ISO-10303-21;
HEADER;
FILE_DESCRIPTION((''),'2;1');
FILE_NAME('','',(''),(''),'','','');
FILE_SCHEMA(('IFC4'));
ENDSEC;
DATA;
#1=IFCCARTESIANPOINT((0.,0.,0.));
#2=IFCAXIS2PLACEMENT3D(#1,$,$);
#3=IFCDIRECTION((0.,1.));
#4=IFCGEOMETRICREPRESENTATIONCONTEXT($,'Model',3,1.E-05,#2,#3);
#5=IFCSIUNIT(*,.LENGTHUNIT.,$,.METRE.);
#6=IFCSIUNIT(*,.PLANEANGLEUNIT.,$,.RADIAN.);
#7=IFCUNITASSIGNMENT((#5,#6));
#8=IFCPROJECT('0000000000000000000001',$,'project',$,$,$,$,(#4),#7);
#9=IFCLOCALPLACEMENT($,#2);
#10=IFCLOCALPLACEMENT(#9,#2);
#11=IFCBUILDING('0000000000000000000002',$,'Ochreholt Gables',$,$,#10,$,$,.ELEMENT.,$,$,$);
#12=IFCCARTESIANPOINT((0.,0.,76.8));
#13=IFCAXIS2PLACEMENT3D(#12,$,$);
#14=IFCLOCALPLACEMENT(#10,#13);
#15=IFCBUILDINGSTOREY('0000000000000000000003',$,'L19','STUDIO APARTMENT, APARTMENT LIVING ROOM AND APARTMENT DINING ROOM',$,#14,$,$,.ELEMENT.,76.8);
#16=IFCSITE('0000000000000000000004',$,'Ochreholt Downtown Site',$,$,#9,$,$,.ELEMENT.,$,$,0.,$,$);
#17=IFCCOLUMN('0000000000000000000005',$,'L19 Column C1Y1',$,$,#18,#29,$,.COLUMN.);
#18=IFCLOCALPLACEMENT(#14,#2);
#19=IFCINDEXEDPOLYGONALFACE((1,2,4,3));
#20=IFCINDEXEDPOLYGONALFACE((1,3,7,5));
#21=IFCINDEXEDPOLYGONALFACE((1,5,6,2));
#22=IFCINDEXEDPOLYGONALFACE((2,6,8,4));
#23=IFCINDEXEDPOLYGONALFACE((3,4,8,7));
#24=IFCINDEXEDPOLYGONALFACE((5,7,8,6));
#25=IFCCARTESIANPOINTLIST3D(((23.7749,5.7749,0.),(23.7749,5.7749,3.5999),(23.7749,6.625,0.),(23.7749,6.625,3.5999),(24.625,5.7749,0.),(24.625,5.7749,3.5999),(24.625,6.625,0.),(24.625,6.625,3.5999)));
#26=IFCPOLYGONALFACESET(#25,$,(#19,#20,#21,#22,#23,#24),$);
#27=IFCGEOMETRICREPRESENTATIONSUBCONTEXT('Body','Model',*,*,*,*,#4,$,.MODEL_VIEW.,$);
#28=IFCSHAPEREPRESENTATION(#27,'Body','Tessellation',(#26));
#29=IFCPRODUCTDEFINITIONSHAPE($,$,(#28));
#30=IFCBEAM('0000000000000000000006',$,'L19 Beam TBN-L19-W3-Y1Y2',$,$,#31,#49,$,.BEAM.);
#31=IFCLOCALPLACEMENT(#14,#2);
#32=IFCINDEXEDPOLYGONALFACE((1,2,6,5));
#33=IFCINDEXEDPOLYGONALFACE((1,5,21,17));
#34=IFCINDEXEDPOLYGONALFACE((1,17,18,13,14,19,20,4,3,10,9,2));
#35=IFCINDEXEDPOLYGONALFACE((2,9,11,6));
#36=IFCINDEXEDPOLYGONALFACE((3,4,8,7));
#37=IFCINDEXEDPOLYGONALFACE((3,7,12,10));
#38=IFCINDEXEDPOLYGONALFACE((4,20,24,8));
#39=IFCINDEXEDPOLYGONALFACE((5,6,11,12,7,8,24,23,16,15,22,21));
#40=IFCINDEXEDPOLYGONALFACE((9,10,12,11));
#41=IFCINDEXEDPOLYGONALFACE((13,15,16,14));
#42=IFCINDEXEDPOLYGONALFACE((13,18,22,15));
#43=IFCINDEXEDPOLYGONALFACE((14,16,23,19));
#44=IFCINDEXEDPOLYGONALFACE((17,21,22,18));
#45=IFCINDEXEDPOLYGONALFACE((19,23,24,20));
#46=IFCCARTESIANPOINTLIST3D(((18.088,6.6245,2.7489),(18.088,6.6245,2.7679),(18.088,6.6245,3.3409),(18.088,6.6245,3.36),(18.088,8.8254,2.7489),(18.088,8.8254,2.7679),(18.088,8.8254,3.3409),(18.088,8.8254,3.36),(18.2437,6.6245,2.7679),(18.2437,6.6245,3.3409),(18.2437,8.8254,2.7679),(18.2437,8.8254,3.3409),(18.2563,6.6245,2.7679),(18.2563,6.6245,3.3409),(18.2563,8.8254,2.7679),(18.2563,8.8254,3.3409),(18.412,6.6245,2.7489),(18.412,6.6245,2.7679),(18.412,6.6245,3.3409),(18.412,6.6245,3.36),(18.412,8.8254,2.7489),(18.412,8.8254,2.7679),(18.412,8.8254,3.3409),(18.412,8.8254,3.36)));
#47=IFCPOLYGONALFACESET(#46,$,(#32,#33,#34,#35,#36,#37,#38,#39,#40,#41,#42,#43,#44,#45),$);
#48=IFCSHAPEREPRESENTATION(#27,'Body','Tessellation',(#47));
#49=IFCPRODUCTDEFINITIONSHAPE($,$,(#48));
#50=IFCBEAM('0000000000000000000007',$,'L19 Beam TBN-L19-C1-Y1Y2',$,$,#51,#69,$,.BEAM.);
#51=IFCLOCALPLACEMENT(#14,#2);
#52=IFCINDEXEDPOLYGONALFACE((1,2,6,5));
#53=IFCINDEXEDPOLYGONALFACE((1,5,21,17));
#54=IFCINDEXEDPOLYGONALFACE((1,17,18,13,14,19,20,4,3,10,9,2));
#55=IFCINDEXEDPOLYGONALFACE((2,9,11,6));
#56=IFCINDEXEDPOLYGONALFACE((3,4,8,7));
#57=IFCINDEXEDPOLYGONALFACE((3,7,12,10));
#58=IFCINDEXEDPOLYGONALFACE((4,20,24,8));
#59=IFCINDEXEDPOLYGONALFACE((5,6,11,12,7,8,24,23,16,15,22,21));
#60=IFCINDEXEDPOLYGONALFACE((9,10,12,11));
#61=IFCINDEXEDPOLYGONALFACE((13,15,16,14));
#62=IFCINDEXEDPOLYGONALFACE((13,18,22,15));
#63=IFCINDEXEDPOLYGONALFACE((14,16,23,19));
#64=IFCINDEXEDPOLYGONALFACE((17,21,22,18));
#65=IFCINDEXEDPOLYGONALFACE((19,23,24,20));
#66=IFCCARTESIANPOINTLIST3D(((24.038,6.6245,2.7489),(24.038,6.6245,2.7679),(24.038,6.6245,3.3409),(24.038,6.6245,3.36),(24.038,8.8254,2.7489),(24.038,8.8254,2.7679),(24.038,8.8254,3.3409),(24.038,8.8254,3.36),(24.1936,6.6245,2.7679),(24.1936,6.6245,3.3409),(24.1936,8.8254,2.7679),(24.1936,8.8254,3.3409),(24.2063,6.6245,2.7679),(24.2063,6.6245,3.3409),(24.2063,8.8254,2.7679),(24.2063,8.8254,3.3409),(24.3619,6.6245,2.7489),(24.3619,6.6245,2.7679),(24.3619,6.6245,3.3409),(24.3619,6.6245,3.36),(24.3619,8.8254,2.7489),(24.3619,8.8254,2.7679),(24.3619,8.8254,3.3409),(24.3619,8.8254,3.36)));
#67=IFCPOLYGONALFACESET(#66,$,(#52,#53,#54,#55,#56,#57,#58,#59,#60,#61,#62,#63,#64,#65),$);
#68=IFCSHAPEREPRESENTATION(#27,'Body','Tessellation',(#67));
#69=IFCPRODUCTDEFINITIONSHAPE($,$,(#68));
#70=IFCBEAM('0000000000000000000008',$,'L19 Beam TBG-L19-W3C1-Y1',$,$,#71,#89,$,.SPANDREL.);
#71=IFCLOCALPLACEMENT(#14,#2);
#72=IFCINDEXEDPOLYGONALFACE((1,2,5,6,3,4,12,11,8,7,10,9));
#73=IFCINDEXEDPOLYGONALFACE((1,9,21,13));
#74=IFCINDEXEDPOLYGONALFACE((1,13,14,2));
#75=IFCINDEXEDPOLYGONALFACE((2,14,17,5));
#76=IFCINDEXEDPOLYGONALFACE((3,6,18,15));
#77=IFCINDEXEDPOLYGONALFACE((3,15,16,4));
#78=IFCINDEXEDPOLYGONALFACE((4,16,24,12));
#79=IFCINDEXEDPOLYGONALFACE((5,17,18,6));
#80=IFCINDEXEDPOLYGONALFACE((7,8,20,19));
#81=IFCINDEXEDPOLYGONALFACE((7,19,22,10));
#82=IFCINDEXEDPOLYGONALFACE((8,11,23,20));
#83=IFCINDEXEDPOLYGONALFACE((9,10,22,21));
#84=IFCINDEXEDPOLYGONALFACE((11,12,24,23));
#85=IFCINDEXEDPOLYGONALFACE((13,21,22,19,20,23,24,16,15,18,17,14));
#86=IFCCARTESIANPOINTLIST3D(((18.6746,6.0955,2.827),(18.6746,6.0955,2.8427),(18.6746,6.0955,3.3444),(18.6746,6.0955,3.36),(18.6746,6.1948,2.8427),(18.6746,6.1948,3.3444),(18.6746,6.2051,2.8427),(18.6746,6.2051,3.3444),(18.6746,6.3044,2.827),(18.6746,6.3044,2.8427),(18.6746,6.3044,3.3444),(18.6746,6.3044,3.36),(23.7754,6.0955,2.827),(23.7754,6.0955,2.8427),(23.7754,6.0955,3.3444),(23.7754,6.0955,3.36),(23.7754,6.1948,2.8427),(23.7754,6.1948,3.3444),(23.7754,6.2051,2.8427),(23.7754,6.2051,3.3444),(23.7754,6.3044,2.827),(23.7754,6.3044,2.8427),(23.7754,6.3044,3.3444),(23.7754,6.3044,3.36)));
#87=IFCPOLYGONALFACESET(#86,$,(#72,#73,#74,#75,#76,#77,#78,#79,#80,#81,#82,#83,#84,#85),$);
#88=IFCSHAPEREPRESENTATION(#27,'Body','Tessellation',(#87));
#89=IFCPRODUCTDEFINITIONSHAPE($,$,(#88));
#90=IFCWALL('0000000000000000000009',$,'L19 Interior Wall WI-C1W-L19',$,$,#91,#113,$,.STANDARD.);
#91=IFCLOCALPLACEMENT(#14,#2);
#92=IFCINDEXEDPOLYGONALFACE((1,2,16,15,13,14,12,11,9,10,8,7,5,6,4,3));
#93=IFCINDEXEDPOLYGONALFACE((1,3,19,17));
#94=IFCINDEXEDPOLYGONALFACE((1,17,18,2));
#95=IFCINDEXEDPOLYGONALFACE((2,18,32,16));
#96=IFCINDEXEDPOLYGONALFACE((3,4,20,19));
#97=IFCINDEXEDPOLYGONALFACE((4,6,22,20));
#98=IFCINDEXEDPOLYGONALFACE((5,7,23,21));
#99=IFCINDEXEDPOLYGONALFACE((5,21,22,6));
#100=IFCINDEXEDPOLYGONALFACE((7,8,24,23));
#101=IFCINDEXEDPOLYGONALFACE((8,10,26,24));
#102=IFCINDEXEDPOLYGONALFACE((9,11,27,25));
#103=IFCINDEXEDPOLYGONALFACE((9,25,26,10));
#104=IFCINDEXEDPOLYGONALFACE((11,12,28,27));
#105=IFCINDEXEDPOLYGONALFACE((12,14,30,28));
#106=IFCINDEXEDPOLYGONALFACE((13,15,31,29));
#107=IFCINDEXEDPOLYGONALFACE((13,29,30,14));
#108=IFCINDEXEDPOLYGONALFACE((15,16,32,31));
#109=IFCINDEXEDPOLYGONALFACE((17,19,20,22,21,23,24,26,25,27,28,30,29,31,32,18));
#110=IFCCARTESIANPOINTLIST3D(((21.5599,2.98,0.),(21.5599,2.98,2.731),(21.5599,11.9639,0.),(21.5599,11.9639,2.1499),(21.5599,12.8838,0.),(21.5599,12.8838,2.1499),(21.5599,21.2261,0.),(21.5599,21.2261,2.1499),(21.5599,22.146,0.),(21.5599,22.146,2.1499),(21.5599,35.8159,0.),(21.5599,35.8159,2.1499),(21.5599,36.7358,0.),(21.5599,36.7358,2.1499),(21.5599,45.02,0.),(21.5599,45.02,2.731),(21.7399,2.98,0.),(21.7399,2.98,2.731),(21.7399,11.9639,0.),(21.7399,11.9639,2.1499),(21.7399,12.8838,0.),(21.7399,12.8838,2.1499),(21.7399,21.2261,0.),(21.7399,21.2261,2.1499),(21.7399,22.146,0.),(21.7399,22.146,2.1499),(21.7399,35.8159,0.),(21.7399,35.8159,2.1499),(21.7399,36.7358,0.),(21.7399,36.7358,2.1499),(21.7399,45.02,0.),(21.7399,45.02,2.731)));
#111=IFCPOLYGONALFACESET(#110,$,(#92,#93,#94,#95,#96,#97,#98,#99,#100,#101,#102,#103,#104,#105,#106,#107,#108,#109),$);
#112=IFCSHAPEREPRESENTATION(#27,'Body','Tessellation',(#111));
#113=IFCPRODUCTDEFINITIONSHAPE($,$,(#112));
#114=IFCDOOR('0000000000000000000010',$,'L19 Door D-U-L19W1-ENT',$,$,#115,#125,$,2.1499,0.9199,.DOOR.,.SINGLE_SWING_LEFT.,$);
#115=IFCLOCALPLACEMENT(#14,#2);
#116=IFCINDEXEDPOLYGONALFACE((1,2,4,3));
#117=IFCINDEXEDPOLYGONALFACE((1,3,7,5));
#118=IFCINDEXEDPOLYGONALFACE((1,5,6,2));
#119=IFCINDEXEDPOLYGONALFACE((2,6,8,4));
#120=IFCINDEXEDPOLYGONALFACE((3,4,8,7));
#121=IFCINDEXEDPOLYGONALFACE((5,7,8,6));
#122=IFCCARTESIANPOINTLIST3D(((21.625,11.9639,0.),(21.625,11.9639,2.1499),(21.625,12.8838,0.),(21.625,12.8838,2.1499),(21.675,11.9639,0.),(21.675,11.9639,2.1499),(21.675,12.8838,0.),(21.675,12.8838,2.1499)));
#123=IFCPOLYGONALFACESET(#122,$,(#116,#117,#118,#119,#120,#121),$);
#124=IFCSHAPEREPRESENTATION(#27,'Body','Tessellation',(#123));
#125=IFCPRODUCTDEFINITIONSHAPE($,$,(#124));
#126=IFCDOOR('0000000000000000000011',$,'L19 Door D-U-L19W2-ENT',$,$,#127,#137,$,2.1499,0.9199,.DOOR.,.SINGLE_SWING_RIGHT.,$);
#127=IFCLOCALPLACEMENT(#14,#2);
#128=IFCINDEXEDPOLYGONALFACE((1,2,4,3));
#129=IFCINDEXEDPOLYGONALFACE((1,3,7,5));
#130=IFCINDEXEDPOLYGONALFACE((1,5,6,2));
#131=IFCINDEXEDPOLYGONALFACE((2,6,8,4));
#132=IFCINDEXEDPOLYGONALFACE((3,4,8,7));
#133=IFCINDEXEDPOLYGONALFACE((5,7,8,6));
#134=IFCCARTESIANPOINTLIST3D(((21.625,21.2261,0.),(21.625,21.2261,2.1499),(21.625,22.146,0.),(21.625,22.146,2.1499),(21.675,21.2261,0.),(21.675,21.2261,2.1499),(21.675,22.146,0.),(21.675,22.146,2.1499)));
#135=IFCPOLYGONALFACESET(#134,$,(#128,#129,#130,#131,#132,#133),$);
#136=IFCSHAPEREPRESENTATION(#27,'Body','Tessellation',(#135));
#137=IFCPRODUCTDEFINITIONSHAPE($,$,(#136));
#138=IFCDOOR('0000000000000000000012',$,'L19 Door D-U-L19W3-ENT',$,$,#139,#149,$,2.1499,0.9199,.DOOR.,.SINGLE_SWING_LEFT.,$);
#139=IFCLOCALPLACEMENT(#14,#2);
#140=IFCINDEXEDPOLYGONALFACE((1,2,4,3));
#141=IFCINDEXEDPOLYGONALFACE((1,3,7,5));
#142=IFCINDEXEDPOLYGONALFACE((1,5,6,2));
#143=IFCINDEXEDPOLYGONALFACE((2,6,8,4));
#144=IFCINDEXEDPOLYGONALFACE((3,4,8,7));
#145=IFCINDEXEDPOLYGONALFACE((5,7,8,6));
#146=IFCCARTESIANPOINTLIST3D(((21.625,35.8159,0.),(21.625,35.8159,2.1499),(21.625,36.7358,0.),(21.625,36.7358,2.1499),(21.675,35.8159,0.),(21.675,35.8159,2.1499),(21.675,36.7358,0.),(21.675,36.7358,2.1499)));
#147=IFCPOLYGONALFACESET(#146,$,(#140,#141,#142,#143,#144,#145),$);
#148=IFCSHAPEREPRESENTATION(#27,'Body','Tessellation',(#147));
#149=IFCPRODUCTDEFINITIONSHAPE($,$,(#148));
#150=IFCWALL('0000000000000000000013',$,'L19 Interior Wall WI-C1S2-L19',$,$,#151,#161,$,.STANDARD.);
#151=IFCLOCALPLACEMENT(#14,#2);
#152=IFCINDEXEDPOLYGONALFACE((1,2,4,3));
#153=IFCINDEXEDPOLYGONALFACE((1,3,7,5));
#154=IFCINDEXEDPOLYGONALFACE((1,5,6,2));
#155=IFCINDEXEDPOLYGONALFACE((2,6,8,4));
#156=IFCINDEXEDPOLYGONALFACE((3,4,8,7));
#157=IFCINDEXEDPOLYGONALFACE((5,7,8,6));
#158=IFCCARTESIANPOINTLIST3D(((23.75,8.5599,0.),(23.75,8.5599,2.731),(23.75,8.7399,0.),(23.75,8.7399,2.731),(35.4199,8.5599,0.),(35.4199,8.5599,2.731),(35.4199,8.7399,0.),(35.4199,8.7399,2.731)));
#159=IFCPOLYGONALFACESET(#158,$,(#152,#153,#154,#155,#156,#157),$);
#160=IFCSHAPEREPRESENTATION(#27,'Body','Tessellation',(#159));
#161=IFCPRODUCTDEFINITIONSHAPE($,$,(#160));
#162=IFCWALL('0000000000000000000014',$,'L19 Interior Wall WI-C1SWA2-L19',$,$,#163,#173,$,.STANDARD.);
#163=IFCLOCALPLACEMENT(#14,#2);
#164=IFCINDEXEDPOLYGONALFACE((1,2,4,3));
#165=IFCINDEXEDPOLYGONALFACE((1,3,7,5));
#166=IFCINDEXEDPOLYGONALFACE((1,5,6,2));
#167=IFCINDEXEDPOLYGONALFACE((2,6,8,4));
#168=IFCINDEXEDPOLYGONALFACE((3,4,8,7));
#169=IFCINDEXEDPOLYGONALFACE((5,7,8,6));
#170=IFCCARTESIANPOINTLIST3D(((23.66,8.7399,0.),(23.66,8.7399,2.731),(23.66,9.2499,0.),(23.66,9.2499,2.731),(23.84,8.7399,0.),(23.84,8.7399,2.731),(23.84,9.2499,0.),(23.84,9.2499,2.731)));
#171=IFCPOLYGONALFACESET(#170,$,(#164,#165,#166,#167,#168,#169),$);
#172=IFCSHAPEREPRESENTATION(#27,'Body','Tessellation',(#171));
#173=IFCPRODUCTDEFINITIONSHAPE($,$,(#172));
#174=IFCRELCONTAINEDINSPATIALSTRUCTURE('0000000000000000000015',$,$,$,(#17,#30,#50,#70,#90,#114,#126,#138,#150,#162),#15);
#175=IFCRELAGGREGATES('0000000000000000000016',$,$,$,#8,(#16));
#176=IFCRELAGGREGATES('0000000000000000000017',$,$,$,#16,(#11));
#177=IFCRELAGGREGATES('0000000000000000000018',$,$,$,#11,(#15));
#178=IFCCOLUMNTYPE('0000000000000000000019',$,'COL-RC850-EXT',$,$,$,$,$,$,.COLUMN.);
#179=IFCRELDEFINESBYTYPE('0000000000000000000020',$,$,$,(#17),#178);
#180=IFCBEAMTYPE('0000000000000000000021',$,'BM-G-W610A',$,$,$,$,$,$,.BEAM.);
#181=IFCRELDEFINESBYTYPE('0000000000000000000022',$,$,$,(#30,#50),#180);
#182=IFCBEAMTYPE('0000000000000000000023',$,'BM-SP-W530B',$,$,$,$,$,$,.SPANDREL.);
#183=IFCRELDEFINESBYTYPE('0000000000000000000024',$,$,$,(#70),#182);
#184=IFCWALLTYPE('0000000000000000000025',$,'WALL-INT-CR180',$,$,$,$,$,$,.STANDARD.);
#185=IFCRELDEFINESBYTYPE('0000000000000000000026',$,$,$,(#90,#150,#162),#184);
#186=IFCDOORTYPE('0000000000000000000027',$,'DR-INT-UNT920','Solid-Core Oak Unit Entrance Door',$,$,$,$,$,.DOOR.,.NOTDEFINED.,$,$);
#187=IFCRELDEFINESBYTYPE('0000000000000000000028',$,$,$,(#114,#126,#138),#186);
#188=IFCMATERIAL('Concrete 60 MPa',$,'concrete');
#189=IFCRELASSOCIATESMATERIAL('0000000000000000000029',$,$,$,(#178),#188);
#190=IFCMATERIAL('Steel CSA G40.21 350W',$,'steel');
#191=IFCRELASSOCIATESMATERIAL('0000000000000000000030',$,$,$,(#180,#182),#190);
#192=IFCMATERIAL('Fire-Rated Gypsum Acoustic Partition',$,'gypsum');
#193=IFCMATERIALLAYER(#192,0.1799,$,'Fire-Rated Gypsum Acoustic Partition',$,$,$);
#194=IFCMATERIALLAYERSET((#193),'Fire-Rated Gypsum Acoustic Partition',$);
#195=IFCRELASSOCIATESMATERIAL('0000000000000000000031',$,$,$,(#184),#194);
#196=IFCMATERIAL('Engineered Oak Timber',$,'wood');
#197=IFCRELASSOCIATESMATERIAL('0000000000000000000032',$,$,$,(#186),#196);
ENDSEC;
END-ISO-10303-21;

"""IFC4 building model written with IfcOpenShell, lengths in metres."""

from ifc_helpers import new_model, si_unit, direction, frame, frame_2d, origin, origin_2d, place, context, subcontext, project, spatial, rectangle, i_section, extrude, material, layer, layer_set, material_profile, profile_set, type_object, element, fill, save


model = new_model("IFC4")

# Units and contexts
model_context = context("Model", 3, precision=1e-05, world=origin(), true_north=direction((0.0, 1.0)))
body_context = subcontext(model_context, "Body", "Model", "MODEL_VIEW")
ifc_project = project(units=[si_unit("LENGTHUNIT", "METRE"), si_unit("PLANEANGLEUNIT", "RADIAN")], contexts=[model_context])

# Site, building, storey
site_placement = place(None, origin())
site = spatial("IfcSite", under=ifc_project, at=site_placement, Name="Ochreholt Downtown Site", CompositionType="ELEMENT", RefElevation=0.0)
building_placement = place(site_placement, origin())
building = spatial("IfcBuilding", under=site, at=building_placement, Name="Ochreholt Gables", CompositionType="ELEMENT")
storey_placement = place(building_placement, frame((0.0, 0.0, 76.8)))
storey = spatial("IfcBuildingStorey", under=building, at=storey_placement, Name="L19", Description="STUDIO APARTMENT, APARTMENT LIVING ROOM AND APARTMENT DINING ROOM", CompositionType="ELEMENT", Elevation=76.8)

# Column
ifc_material_1 = material(Name="Concrete 60 MPa", Category="concrete")
ifc_material_profile_1 = material_profile(ifc_material_1, rectangle(XDim=0.8501, YDim=0.8501, at=origin_2d()), Name="RC850X850")
ifc_profile_set_1 = profile_set([ifc_material_profile_1], Name="Concrete 60 MPa")
column_type = type_object("IfcColumnType", Name="COL-RC850-EXT", PredefinedType="COLUMN", material=ifc_profile_set_1)
column_placement = place(storey_placement, frame((24.2, 6.2, 0.0), z_axis=(0.0, 0.0, 1.0), x_axis=(1.0, 0.0, 0.0)))
element("IfcColumn", 1, at=column_placement, inside=storey, type_object=column_type, Name="L19 Column C1Y1", PredefinedType="COLUMN", context=body_context, shape_type="SweptSolid", body=[
    extrude(rectangle(XDim=0.8501, YDim=0.8501, at=origin_2d()), origin(), (0.0, 0.0, 1.0), 3.5999),
])

# Beams
ifc_material_2 = material(Name="Steel CSA G40.21 350W", Category="steel")
ifc_material_profile_2 = material_profile(ifc_material_2, i_section(OverallWidth=0.324, OverallDepth=0.6111, WebThickness=0.0127, FlangeThickness=0.019, at=origin_2d()), Name="W610X155")
ifc_profile_set_2 = profile_set([ifc_material_profile_2], Name="Steel CSA G40.21 350W")
beam_type_1 = type_object("IfcBeamType", Name="BM-G-W610A", PredefinedType="BEAM", material=ifc_profile_set_2)
for number, where, z_axis, x_axis, name in (
    (2, (18.25, 6.6245, 3.0544), (0.0, 1.0, 0.0), (-1.0, 0.0, 0.0), "L19 Beam TBN-L19-W3-Y1Y2"),
    (3, (24.2, 6.6245, 3.0544), (0.0, 1.0, 0.0), (-1.0, 0.0, 0.0), "L19 Beam TBN-L19-C1-Y1Y2"),
):
    element("IfcBeam", number, at=place(storey_placement, frame(where, z_axis=z_axis, x_axis=x_axis)), inside=storey, type_object=beam_type_1, Name=name, PredefinedType="BEAM", context=body_context, shape_type="SweptSolid", body=[
        extrude(i_section(OverallWidth=0.324, OverallDepth=0.6111, WebThickness=0.0127, FlangeThickness=0.019, at=origin_2d()), origin(), (0.0, 0.0, 1.0), 2.2009),
    ])
ifc_material_profile_3 = material_profile(ifc_material_2, i_section(OverallWidth=0.209, OverallDepth=0.533, WebThickness=0.0103, FlangeThickness=0.0156, at=origin_2d()), Name="W530X92")
ifc_profile_set_3 = profile_set([ifc_material_profile_3], Name="Steel CSA G40.21 350W")
beam_type_2 = type_object("IfcBeamType", Name="BM-SP-W530B", PredefinedType="SPANDREL", material=ifc_profile_set_3)
beam_placement = place(storey_placement, frame((18.6746, 6.2, 3.0935), z_axis=(1.0, 0.0, 0.0), x_axis=(0.0, 1.0, 0.0)))
element("IfcBeam", 4, at=beam_placement, inside=storey, type_object=beam_type_2, Name="L19 Beam TBG-L19-W3C1-Y1", PredefinedType="SPANDREL", context=body_context, shape_type="SweptSolid", body=[
    extrude(i_section(OverallWidth=0.209, OverallDepth=0.533, WebThickness=0.0103, FlangeThickness=0.0156, at=origin_2d()), origin(), (0.0, 0.0, 1.0), 5.1008),
])

# Wall, openings, doors
ifc_material_3 = material(Name="Fire-Rated Gypsum Acoustic Partition", Category="gypsum")
ifc_layer_1 = layer(ifc_material_3, 0.1799, Name="Fire-Rated Gypsum Acoustic Partition")
ifc_layer_set_1 = layer_set([ifc_layer_1], Name="Fire-Rated Gypsum Acoustic Partition")
wall_type_1 = type_object("IfcWallType", Name="WALL-INT-CR180", PredefinedType="STANDARD", material=ifc_layer_set_1)
wall_1_placement = place(storey_placement, frame((21.6499, 2.98, 0.0), z_axis=(0.0, 0.0, 1.0), x_axis=(0.0, 1.0, 0.0)))
wall_1 = element("IfcWall", 5, at=wall_1_placement, inside=storey, type_object=wall_type_1, Name="L19 Interior Wall WI-C1W-L19", PredefinedType="STANDARD", context=body_context, shape_type="SweptSolid", body=[
    extrude(rectangle(XDim=42.04, YDim=0.1799, at=frame_2d((21.02, 0.0))), origin(), (0.0, 0.0, 1.0), 2.731),
])
opening_1_placement = place(wall_1_placement, frame((8.9839, 0.0, 0.0)))
opening_1 = element("IfcOpeningElement", 6, at=opening_1_placement, cuts=wall_1, PredefinedType="OPENING", context=body_context, shape_type="SweptSolid", body=[
    extrude(rectangle(XDim=0.9199, YDim=2.1499, at=frame_2d((0.46, 1.075))), frame((0.0, 0.0999, 0.0), z_axis=(0.0, -1.0, 0.0), x_axis=(1.0, 0.0, 0.0)), (0.0, 0.0, 1.0), 0.2),
])
opening_2_placement = place(wall_1_placement, frame((18.2461, 0.0, 0.0)))
opening_2 = element("IfcOpeningElement", 7, at=opening_2_placement, cuts=wall_1, PredefinedType="OPENING", context=body_context, shape_type="SweptSolid", body=[
    extrude(rectangle(XDim=0.9199, YDim=2.1499, at=frame_2d((0.46, 1.075))), frame((0.0, 0.0999, 0.0), z_axis=(0.0, -1.0, 0.0), x_axis=(1.0, 0.0, 0.0)), (0.0, 0.0, 1.0), 0.2),
])
opening_3_placement = place(wall_1_placement, frame((32.8359, 0.0, 0.0)))
opening_3 = element("IfcOpeningElement", 8, at=opening_3_placement, cuts=wall_1, PredefinedType="OPENING", context=body_context, shape_type="SweptSolid", body=[
    extrude(rectangle(XDim=0.9199, YDim=2.1499, at=frame_2d((0.46, 1.075))), frame((0.0, 0.0999, 0.0), z_axis=(0.0, -1.0, 0.0), x_axis=(1.0, 0.0, 0.0)), (0.0, 0.0, 1.0), 0.2),
])
ifc_material_4 = material(Name="Engineered Oak Timber", Category="wood")
door_type = type_object("IfcDoorType", Name="DR-INT-UNT920", Description="Solid-Core Oak Unit Entrance Door", OperationType="NOTDEFINED", PredefinedType="DOOR", material=ifc_material_4)
door_1_placement = place(opening_1_placement, origin())
door_1 = element("IfcDoor", 9, at=door_1_placement, inside=storey, type_object=door_type, Name="L19 Door D-U-L19W1-ENT", OperationType="SINGLE_SWING_LEFT", OverallHeight=2.1499, OverallWidth=0.9199, PredefinedType="DOOR", context=body_context, shape_type="SweptSolid", body=[
    extrude(rectangle(XDim=0.9199, YDim=2.1499, at=frame_2d((0.46, 1.075))), frame((0.0, 0.0249, 0.0), z_axis=(0.0, -1.0, 0.0), x_axis=(1.0, 0.0, 0.0)), (0.0, 0.0, 1.0), 0.05),
])
fill(opening_1, door_1)
door_2_placement = place(opening_2_placement, origin())
door_2 = element("IfcDoor", 10, at=door_2_placement, inside=storey, type_object=door_type, Name="L19 Door D-U-L19W2-ENT", OperationType="SINGLE_SWING_RIGHT", OverallHeight=2.1499, OverallWidth=0.9199, PredefinedType="DOOR", context=body_context, shape_type="SweptSolid", body=[
    extrude(rectangle(XDim=0.9199, YDim=2.1499, at=frame_2d((0.46, 1.075))), frame((0.0, 0.0249, 0.0), z_axis=(0.0, -1.0, 0.0), x_axis=(1.0, 0.0, 0.0)), (0.0, 0.0, 1.0), 0.05),
])
fill(opening_2, door_2)
door_3_placement = place(opening_3_placement, origin())
door_3 = element("IfcDoor", 11, at=door_3_placement, inside=storey, type_object=door_type, Name="L19 Door D-U-L19W3-ENT", OperationType="SINGLE_SWING_LEFT", OverallHeight=2.1499, OverallWidth=0.9199, PredefinedType="DOOR", context=body_context, shape_type="SweptSolid", body=[
    extrude(rectangle(XDim=0.9199, YDim=2.1499, at=frame_2d((0.46, 1.075))), frame((0.0, 0.0249, 0.0), z_axis=(0.0, -1.0, 0.0), x_axis=(1.0, 0.0, 0.0)), (0.0, 0.0, 1.0), 0.05),
])
fill(opening_3, door_3)

# Walls
wall_2_placement = place(storey_placement, frame((23.75, 8.6499, 0.0), z_axis=(0.0, 0.0, 1.0), x_axis=(1.0, 0.0, 0.0)))
element("IfcWall", 12, at=wall_2_placement, inside=storey, type_object=wall_type_1, Name="L19 Interior Wall WI-C1S2-L19", PredefinedType="STANDARD", context=body_context, shape_type="SweptSolid", body=[
    extrude(rectangle(XDim=11.6699, YDim=0.1799, at=frame_2d((5.835, 0.0))), origin(), (0.0, 0.0, 1.0), 2.731),
])
wall_3_placement = place(storey_placement, frame((23.75, 8.74, 0.0), z_axis=(0.0, 0.0, 1.0), x_axis=(0.0, 1.0, 0.0)))
element("IfcWall", 13, at=wall_3_placement, inside=storey, type_object=wall_type_1, Name="L19 Interior Wall WI-C1SWA2-L19", PredefinedType="STANDARD", context=body_context, shape_type="SweptSolid", body=[
    extrude(rectangle(XDim=0.51, YDim=0.1799, at=frame_2d((0.2549, 0.0))), origin(), (0.0, 0.0, 1.0), 2.731),
])

save(model, "model.ifc")
